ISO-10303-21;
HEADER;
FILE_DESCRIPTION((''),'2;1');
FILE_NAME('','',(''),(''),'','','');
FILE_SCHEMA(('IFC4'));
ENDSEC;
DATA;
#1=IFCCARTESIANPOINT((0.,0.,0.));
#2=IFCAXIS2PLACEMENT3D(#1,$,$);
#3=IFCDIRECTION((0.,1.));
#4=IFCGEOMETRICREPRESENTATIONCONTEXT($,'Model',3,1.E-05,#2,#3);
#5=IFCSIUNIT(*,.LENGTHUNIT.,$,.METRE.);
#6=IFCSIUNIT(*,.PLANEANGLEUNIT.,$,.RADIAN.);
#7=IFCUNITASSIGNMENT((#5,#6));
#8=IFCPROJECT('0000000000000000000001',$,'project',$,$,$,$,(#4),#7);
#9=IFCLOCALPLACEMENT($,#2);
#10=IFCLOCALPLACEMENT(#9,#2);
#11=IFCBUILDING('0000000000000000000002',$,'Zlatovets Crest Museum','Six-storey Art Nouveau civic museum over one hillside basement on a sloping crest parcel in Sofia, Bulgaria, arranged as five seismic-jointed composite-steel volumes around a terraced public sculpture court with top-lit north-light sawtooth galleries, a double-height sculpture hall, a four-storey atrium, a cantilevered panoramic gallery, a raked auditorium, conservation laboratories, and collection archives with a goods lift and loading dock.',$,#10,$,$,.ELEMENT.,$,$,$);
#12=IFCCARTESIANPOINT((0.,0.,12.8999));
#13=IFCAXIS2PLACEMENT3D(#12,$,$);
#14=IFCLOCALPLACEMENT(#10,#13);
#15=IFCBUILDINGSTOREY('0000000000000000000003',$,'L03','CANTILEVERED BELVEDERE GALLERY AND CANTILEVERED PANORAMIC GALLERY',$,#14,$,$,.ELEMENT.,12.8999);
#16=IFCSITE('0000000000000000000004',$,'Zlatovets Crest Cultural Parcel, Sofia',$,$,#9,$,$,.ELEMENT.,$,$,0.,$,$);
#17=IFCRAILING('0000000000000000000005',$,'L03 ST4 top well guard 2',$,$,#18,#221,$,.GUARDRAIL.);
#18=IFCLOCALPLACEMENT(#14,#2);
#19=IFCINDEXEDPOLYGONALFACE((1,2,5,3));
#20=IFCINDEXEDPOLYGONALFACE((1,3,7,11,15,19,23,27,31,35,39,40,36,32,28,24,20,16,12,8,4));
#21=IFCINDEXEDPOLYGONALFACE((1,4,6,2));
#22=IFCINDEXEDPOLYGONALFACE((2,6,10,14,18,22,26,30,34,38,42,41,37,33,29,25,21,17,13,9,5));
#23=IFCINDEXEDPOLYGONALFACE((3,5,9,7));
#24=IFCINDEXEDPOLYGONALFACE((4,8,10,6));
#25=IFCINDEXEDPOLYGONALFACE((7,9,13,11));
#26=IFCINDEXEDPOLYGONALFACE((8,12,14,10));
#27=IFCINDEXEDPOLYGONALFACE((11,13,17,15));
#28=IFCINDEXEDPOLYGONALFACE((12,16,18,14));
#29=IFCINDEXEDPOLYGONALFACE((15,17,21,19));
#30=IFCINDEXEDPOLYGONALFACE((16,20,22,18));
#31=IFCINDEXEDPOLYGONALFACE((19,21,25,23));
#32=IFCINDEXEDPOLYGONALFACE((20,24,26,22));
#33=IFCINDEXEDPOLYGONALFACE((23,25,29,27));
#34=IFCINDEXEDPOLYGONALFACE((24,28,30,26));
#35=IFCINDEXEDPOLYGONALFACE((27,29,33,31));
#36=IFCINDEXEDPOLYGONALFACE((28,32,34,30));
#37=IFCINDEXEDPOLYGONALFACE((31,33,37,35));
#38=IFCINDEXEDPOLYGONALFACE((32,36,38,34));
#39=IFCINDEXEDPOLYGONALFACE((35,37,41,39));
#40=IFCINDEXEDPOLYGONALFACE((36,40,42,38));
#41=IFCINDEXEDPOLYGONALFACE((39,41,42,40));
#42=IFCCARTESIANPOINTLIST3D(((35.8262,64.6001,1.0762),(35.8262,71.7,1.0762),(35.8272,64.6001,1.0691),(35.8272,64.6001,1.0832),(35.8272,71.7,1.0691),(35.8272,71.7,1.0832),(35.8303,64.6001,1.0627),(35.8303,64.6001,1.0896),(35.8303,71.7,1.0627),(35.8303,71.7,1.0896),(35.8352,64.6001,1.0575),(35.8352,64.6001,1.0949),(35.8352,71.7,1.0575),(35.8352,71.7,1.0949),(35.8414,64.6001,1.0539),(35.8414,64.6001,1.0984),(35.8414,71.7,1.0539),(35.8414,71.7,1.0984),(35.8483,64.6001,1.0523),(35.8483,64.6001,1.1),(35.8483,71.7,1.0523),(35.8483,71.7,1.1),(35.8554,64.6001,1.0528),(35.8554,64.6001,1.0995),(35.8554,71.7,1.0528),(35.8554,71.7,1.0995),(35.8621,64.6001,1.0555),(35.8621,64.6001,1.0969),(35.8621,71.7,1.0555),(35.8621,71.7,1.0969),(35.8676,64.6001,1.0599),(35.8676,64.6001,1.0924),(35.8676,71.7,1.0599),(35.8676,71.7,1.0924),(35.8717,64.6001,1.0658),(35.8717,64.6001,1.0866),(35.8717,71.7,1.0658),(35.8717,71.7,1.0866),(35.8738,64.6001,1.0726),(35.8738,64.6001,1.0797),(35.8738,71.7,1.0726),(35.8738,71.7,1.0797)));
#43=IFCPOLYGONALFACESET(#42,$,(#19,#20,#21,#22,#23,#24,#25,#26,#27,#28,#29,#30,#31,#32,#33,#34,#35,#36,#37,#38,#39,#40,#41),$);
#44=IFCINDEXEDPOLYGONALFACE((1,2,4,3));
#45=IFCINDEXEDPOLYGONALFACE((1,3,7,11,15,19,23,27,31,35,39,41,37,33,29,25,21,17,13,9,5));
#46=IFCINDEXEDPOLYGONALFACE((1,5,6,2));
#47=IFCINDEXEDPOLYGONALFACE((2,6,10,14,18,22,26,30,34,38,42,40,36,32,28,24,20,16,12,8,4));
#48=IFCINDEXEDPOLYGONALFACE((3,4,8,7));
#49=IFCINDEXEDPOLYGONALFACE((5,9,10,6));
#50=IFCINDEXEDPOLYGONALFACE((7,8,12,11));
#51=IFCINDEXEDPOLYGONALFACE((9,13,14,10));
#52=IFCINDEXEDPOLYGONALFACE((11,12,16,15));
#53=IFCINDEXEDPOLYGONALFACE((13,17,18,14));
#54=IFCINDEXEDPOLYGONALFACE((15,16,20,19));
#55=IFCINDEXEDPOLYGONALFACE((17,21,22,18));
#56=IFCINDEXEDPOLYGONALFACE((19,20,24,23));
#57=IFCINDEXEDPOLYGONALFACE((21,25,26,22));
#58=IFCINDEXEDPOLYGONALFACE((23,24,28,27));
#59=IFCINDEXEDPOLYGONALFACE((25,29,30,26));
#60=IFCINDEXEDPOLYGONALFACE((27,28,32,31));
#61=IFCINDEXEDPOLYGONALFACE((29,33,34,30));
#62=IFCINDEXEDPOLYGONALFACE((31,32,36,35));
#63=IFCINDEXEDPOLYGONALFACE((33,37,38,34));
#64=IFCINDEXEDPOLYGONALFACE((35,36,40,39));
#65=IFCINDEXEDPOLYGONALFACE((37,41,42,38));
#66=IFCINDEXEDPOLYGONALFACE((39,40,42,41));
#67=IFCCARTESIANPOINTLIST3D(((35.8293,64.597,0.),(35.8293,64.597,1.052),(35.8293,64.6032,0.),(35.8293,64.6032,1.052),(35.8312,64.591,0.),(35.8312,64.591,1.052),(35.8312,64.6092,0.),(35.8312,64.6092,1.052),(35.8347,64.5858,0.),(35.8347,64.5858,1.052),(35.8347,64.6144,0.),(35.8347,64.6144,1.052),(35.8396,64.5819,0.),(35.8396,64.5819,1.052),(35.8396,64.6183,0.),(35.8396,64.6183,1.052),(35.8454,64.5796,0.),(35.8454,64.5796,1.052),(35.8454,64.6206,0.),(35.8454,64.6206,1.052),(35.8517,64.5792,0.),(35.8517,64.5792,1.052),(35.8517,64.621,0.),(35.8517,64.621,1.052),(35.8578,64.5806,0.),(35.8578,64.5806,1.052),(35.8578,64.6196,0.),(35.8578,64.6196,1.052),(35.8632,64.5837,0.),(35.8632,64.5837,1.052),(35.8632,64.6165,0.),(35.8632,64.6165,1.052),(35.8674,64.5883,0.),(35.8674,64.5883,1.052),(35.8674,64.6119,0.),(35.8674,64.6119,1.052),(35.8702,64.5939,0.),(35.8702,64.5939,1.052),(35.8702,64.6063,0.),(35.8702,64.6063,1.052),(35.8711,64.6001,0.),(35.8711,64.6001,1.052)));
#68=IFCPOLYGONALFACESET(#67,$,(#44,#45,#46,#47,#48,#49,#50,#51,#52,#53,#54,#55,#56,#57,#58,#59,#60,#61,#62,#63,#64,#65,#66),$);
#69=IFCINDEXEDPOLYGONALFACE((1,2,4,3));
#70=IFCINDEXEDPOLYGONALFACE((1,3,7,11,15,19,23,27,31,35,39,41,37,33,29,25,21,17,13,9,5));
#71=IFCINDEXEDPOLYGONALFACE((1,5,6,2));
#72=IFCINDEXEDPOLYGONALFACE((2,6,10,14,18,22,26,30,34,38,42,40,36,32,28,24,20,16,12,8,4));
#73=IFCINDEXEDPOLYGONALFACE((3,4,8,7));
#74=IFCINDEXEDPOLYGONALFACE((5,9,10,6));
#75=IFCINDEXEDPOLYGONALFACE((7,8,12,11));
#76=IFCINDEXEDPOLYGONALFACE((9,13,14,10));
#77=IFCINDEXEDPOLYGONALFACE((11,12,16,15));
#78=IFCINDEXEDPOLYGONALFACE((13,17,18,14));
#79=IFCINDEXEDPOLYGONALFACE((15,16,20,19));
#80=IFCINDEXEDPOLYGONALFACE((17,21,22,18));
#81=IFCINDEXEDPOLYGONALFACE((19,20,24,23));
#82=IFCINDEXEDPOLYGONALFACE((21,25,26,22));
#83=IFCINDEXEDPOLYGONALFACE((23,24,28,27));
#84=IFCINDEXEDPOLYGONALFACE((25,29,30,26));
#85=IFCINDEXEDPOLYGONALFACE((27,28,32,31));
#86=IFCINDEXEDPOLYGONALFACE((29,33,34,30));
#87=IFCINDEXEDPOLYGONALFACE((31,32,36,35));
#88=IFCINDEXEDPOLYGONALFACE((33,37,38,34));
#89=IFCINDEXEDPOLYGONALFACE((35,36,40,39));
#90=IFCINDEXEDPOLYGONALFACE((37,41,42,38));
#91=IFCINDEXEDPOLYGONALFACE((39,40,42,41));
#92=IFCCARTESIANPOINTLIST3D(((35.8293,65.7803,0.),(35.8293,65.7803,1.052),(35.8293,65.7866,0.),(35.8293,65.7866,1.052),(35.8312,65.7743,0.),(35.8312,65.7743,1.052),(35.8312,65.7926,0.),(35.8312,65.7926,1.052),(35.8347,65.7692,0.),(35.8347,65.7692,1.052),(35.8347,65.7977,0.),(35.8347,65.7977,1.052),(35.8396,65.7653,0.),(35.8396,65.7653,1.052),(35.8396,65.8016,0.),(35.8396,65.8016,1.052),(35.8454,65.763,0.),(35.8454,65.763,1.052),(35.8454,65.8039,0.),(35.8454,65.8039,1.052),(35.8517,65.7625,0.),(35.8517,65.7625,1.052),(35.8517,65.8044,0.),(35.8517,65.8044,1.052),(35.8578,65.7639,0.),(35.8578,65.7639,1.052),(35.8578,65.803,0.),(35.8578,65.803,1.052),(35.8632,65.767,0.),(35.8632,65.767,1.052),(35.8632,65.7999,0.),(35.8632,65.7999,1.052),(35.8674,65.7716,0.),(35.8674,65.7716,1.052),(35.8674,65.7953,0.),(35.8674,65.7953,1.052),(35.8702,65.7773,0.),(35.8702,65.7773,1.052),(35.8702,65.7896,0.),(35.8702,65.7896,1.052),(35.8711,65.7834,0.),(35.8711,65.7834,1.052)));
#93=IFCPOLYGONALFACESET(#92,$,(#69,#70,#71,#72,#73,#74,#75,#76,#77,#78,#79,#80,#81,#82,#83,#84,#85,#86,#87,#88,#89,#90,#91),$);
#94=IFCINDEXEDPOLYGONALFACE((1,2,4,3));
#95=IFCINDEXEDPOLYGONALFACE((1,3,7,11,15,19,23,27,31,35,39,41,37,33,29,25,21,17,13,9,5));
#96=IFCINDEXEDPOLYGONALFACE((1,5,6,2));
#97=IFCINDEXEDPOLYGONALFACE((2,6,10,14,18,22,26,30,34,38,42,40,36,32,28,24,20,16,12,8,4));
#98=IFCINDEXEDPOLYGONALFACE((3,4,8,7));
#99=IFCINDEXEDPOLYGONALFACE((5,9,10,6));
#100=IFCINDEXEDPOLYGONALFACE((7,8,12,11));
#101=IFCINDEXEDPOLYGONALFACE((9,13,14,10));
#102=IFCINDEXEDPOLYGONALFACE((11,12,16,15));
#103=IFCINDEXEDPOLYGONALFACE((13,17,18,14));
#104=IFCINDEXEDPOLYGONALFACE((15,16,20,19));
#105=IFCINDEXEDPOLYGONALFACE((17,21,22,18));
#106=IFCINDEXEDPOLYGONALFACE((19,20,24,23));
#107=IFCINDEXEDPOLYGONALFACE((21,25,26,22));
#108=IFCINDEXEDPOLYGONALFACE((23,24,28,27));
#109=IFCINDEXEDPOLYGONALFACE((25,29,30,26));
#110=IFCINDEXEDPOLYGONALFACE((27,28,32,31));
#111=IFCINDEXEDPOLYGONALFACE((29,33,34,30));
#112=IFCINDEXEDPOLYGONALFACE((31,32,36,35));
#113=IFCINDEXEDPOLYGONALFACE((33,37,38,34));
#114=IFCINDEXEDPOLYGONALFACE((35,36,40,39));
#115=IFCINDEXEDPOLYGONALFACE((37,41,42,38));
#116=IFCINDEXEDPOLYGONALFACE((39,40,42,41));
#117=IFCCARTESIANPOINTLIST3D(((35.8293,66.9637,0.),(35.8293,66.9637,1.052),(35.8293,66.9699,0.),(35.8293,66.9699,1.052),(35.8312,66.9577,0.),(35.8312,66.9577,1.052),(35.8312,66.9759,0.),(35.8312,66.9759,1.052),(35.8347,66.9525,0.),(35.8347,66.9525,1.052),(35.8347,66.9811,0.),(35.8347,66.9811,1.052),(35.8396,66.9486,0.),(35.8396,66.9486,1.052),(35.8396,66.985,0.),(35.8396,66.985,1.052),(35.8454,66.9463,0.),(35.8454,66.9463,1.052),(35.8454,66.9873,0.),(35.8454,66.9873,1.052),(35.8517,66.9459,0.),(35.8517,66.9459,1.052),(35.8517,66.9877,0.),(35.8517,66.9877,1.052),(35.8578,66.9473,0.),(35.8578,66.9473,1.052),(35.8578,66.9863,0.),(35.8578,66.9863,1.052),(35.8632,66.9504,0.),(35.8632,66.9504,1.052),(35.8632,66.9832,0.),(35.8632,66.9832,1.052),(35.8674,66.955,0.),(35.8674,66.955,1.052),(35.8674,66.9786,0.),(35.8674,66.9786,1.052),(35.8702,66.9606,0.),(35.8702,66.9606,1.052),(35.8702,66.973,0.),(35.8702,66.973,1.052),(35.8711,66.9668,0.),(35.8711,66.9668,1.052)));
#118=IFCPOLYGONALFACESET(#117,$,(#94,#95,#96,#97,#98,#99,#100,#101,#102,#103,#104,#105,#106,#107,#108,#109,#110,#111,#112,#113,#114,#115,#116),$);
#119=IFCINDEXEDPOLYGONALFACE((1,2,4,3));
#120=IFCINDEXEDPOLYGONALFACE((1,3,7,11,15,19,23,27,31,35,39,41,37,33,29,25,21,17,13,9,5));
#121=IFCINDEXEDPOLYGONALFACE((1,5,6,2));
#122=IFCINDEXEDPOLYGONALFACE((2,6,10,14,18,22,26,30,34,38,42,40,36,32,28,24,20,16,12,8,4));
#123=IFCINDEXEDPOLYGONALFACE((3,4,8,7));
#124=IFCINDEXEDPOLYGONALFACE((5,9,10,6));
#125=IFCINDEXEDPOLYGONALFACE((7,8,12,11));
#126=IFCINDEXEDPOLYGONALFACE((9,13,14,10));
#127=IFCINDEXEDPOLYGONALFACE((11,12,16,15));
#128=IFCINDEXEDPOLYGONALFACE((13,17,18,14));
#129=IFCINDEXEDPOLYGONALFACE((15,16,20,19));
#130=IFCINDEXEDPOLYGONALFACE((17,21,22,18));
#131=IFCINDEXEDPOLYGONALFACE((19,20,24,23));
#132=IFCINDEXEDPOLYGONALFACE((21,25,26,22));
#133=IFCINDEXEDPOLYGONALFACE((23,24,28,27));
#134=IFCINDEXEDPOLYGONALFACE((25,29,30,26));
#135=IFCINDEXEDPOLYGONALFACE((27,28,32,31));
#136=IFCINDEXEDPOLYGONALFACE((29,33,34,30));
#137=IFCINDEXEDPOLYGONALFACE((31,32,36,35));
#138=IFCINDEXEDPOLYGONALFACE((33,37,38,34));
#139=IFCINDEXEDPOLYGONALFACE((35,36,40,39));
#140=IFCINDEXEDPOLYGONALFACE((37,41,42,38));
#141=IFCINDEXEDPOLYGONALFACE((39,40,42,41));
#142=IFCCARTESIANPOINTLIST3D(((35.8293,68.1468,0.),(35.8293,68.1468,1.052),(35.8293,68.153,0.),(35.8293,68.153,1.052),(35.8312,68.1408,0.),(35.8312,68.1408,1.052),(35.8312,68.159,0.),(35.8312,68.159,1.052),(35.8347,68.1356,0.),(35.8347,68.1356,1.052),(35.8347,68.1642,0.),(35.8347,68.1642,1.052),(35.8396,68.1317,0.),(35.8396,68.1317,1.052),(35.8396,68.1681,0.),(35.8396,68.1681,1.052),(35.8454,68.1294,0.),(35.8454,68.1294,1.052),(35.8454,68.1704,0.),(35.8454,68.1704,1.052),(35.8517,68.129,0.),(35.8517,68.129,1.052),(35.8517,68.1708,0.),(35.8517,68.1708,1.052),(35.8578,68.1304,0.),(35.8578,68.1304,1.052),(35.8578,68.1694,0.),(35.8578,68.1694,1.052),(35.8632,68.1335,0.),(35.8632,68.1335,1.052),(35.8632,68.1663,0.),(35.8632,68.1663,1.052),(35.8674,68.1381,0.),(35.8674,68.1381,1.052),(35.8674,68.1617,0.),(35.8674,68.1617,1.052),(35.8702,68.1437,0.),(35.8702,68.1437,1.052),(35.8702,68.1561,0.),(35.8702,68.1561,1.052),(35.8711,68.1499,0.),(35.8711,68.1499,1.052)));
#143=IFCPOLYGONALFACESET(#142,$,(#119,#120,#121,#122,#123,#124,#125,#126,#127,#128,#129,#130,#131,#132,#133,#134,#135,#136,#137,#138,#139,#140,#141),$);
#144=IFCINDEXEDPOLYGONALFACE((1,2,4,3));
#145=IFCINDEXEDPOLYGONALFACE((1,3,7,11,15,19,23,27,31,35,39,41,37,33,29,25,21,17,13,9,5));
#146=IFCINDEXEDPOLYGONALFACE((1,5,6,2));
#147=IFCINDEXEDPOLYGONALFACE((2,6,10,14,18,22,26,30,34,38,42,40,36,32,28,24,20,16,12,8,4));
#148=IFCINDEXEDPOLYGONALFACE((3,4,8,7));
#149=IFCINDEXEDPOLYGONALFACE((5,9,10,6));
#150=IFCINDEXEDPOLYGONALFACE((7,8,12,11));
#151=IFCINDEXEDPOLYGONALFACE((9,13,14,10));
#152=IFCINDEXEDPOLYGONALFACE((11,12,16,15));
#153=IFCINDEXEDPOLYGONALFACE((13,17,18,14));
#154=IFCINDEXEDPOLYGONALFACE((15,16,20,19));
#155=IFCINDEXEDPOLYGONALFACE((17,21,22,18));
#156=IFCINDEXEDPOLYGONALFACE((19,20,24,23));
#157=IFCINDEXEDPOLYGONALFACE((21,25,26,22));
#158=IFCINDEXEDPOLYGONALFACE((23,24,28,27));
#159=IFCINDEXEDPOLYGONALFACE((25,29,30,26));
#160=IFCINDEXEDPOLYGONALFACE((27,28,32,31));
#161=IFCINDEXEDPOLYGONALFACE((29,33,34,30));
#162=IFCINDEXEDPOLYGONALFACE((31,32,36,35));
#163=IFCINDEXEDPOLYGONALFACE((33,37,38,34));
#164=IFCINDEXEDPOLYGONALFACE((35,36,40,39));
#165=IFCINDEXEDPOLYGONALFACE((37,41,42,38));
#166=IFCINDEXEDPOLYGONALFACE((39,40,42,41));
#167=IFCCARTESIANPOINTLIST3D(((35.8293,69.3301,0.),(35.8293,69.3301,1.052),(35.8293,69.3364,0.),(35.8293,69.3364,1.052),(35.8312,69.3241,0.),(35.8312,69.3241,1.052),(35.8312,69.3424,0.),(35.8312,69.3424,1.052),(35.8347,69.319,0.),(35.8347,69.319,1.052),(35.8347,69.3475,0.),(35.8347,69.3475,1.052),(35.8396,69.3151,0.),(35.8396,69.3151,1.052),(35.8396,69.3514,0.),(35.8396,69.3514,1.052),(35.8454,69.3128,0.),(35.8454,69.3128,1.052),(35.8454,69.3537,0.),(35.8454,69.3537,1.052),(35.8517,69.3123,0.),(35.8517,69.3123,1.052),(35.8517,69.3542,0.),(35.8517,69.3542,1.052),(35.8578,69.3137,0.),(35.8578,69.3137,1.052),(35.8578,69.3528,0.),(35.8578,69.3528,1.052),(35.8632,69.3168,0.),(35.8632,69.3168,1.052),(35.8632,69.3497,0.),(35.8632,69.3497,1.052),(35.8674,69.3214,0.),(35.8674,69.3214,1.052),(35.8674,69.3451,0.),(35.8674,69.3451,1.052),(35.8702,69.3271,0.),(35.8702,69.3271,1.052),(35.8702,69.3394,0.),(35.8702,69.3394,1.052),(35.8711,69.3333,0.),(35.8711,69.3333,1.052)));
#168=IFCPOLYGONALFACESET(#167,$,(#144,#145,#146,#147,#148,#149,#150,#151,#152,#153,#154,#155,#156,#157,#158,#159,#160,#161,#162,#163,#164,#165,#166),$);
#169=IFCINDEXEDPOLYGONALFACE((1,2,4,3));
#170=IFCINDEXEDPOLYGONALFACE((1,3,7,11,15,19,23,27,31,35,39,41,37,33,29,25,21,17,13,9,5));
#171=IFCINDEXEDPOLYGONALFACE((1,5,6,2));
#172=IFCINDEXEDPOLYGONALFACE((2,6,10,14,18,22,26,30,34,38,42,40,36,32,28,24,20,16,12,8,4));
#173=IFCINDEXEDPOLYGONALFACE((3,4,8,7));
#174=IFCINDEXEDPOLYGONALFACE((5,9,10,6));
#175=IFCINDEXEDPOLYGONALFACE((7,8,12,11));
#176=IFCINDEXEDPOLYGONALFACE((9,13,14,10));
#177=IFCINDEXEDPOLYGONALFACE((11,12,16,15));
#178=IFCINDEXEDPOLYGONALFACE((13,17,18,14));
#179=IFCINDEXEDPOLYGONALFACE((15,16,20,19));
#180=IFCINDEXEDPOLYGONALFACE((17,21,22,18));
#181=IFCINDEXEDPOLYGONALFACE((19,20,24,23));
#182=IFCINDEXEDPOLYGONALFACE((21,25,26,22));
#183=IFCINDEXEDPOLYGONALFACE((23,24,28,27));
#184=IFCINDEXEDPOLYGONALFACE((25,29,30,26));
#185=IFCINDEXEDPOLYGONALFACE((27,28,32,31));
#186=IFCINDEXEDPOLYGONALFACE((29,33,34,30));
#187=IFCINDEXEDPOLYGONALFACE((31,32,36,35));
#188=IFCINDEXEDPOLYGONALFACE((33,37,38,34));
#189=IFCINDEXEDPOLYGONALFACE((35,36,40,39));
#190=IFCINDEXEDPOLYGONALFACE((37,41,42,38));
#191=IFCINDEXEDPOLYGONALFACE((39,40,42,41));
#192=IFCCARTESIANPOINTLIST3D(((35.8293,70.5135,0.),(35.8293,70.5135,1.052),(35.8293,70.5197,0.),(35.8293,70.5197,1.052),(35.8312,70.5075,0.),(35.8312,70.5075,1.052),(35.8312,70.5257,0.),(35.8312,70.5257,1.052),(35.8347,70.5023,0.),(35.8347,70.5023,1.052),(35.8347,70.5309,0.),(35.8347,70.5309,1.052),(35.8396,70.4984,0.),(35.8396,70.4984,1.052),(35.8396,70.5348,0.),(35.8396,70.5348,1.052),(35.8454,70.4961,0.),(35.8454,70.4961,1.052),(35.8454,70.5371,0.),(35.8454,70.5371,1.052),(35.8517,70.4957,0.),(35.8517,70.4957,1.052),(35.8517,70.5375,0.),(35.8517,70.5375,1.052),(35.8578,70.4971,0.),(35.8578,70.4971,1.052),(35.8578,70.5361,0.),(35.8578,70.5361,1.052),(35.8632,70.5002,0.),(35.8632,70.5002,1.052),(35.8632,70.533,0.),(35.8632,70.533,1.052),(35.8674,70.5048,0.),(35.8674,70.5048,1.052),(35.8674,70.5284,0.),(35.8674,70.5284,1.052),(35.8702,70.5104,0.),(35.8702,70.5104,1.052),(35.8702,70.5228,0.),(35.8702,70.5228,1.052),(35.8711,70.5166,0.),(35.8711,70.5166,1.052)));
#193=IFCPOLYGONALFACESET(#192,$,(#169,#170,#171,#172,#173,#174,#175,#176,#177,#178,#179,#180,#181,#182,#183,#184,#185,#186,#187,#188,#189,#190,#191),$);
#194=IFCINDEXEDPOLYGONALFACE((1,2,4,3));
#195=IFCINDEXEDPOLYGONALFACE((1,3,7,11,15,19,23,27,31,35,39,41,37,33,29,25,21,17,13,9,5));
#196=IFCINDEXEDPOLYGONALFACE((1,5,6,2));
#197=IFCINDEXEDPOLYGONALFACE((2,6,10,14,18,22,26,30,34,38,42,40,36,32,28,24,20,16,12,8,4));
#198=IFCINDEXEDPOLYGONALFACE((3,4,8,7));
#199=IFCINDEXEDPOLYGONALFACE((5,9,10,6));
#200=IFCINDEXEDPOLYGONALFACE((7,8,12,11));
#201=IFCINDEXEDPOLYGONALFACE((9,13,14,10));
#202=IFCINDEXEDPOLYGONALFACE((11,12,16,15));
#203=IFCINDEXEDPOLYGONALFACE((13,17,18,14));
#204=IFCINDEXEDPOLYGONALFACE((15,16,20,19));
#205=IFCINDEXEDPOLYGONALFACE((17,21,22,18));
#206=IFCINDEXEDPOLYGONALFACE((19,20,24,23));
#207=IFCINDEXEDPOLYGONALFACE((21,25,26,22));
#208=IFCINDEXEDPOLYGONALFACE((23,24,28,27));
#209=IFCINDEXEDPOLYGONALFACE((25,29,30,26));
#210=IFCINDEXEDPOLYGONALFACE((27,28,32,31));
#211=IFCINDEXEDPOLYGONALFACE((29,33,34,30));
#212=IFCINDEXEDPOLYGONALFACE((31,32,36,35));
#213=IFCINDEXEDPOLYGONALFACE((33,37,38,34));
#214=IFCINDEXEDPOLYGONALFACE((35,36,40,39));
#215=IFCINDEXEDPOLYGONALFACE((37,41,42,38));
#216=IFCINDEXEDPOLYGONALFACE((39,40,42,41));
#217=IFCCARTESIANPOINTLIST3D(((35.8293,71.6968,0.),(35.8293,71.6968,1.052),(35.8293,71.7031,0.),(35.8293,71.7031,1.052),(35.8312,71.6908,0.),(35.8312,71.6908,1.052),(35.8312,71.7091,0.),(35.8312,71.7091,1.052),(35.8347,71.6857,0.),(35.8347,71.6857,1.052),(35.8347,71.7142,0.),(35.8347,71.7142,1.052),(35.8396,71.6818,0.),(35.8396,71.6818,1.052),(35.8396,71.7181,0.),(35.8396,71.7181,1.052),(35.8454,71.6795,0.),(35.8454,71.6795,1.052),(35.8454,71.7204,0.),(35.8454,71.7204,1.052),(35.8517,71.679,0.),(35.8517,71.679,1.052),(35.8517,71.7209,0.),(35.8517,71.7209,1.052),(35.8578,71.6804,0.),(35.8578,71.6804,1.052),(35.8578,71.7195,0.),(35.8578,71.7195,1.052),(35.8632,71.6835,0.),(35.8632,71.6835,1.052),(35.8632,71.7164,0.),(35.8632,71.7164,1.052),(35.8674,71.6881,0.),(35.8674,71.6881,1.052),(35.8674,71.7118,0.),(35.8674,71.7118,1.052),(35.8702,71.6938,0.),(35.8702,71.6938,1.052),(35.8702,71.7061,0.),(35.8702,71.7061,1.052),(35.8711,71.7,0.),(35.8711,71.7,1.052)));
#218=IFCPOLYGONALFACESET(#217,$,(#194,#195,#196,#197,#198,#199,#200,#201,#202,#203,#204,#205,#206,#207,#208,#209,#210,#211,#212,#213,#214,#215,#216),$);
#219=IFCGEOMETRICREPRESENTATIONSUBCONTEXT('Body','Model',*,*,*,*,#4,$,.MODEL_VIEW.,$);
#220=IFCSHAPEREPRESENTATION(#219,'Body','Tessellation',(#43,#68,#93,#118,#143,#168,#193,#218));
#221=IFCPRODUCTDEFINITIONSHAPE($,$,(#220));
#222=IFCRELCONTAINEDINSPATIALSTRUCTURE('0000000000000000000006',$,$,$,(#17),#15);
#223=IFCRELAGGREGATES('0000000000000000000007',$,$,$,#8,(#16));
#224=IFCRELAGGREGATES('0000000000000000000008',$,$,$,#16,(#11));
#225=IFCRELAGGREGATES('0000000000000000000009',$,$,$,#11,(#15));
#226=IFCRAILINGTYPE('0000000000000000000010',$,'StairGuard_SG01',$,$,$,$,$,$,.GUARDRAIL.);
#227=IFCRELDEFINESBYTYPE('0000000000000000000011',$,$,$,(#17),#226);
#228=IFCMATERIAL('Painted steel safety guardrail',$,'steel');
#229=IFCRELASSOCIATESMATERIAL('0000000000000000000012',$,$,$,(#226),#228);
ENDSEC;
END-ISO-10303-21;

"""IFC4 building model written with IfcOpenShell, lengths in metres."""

from ifc_helpers import new_model, si_unit, direction, frame, origin, origin_2d, place, context, subcontext, project, spatial, circle, extrude, material, type_object, element, save


model = new_model("IFC4")

# Units and contexts
model_context = context("Model", 3, precision=1e-05, world=origin(), true_north=direction((0.0, 1.0)))
body_context = subcontext(model_context, "Body", "Model", "MODEL_VIEW")
ifc_project = project(units=[si_unit("LENGTHUNIT", "METRE"), si_unit("PLANEANGLEUNIT", "RADIAN")], contexts=[model_context])

# Site, building, storey
site_placement = place(None, origin())
site = spatial("IfcSite", under=ifc_project, at=site_placement, Name="Zlatovets Crest Cultural Parcel, Sofia", CompositionType="ELEMENT", RefElevation=0.0)
building_placement = place(site_placement, origin())
building = spatial("IfcBuilding", under=site, at=building_placement, Name="Zlatovets Crest Museum", Description="Six-storey Art Nouveau civic museum over one hillside basement on a sloping crest parcel in Sofia, Bulgaria, arranged as five seismic-jointed composite-steel volumes around a terraced public sculpture court with top-lit north-light sawtooth galleries, a double-height sculpture hall, a four-storey atrium, a cantilevered panoramic gallery, a raked auditorium, conservation laboratories, and collection archives with a goods lift and loading dock.", CompositionType="ELEMENT")
storey_placement = place(building_placement, frame((0.0, 0.0, 12.8999)))
storey = spatial("IfcBuildingStorey", under=building, at=storey_placement, Name="L03", Description="CANTILEVERED BELVEDERE GALLERY AND CANTILEVERED PANORAMIC GALLERY", CompositionType="ELEMENT", Elevation=12.8999)

# Railing
ifc_material_1 = material(Name="Painted steel safety guardrail", Category="steel")
railing_type = type_object("IfcRailingType", Name="StairGuard_SG01", PredefinedType="GUARDRAIL", material=ifc_material_1)
railing_1_placement = place(storey_placement, frame((35.8501, 64.6001, 0.0)))
element("IfcRailing", 1, at=railing_1_placement, inside=storey, type_object=railing_type, Name="L03 ST4 top well guard 2", PredefinedType="GUARDRAIL", context=body_context, shape_type="SweptSolid", body=[
    extrude(circle(Radius=0.0239, at=origin_2d()), frame((0.0, 0.0, 1.0762), z_axis=(0.0, 1.0, 0.0), x_axis=(-1.0, 0.0, 0.0)), (0.0, 0.0, 1.0), 7.0999),
    extrude(circle(Radius=0.021, at=origin_2d()), origin(), (0.0, 0.0, 1.0), 1.052),
    extrude(circle(Radius=0.021, at=origin_2d()), frame((0.0, 1.1833, 0.0)), (0.0, 0.0, 1.0), 1.052),
    extrude(circle(Radius=0.021, at=origin_2d()), frame((0.0, 2.3667, 0.0)), (0.0, 0.0, 1.0), 1.052),
    extrude(circle(Radius=0.021, at=origin_2d()), frame((0.0, 3.5498, 0.0)), (0.0, 0.0, 1.0), 1.052),
    extrude(circle(Radius=0.021, at=origin_2d()), frame((0.0, 4.7332, 0.0)), (0.0, 0.0, 1.0), 1.052),
    extrude(circle(Radius=0.021, at=origin_2d()), frame((0.0, 5.9165, 0.0)), (0.0, 0.0, 1.0), 1.052),
    extrude(circle(Radius=0.021, at=origin_2d()), frame((0.0, 7.0999, 0.0)), (0.0, 0.0, 1.0), 1.052),
])

save(model, "model.ifc")
